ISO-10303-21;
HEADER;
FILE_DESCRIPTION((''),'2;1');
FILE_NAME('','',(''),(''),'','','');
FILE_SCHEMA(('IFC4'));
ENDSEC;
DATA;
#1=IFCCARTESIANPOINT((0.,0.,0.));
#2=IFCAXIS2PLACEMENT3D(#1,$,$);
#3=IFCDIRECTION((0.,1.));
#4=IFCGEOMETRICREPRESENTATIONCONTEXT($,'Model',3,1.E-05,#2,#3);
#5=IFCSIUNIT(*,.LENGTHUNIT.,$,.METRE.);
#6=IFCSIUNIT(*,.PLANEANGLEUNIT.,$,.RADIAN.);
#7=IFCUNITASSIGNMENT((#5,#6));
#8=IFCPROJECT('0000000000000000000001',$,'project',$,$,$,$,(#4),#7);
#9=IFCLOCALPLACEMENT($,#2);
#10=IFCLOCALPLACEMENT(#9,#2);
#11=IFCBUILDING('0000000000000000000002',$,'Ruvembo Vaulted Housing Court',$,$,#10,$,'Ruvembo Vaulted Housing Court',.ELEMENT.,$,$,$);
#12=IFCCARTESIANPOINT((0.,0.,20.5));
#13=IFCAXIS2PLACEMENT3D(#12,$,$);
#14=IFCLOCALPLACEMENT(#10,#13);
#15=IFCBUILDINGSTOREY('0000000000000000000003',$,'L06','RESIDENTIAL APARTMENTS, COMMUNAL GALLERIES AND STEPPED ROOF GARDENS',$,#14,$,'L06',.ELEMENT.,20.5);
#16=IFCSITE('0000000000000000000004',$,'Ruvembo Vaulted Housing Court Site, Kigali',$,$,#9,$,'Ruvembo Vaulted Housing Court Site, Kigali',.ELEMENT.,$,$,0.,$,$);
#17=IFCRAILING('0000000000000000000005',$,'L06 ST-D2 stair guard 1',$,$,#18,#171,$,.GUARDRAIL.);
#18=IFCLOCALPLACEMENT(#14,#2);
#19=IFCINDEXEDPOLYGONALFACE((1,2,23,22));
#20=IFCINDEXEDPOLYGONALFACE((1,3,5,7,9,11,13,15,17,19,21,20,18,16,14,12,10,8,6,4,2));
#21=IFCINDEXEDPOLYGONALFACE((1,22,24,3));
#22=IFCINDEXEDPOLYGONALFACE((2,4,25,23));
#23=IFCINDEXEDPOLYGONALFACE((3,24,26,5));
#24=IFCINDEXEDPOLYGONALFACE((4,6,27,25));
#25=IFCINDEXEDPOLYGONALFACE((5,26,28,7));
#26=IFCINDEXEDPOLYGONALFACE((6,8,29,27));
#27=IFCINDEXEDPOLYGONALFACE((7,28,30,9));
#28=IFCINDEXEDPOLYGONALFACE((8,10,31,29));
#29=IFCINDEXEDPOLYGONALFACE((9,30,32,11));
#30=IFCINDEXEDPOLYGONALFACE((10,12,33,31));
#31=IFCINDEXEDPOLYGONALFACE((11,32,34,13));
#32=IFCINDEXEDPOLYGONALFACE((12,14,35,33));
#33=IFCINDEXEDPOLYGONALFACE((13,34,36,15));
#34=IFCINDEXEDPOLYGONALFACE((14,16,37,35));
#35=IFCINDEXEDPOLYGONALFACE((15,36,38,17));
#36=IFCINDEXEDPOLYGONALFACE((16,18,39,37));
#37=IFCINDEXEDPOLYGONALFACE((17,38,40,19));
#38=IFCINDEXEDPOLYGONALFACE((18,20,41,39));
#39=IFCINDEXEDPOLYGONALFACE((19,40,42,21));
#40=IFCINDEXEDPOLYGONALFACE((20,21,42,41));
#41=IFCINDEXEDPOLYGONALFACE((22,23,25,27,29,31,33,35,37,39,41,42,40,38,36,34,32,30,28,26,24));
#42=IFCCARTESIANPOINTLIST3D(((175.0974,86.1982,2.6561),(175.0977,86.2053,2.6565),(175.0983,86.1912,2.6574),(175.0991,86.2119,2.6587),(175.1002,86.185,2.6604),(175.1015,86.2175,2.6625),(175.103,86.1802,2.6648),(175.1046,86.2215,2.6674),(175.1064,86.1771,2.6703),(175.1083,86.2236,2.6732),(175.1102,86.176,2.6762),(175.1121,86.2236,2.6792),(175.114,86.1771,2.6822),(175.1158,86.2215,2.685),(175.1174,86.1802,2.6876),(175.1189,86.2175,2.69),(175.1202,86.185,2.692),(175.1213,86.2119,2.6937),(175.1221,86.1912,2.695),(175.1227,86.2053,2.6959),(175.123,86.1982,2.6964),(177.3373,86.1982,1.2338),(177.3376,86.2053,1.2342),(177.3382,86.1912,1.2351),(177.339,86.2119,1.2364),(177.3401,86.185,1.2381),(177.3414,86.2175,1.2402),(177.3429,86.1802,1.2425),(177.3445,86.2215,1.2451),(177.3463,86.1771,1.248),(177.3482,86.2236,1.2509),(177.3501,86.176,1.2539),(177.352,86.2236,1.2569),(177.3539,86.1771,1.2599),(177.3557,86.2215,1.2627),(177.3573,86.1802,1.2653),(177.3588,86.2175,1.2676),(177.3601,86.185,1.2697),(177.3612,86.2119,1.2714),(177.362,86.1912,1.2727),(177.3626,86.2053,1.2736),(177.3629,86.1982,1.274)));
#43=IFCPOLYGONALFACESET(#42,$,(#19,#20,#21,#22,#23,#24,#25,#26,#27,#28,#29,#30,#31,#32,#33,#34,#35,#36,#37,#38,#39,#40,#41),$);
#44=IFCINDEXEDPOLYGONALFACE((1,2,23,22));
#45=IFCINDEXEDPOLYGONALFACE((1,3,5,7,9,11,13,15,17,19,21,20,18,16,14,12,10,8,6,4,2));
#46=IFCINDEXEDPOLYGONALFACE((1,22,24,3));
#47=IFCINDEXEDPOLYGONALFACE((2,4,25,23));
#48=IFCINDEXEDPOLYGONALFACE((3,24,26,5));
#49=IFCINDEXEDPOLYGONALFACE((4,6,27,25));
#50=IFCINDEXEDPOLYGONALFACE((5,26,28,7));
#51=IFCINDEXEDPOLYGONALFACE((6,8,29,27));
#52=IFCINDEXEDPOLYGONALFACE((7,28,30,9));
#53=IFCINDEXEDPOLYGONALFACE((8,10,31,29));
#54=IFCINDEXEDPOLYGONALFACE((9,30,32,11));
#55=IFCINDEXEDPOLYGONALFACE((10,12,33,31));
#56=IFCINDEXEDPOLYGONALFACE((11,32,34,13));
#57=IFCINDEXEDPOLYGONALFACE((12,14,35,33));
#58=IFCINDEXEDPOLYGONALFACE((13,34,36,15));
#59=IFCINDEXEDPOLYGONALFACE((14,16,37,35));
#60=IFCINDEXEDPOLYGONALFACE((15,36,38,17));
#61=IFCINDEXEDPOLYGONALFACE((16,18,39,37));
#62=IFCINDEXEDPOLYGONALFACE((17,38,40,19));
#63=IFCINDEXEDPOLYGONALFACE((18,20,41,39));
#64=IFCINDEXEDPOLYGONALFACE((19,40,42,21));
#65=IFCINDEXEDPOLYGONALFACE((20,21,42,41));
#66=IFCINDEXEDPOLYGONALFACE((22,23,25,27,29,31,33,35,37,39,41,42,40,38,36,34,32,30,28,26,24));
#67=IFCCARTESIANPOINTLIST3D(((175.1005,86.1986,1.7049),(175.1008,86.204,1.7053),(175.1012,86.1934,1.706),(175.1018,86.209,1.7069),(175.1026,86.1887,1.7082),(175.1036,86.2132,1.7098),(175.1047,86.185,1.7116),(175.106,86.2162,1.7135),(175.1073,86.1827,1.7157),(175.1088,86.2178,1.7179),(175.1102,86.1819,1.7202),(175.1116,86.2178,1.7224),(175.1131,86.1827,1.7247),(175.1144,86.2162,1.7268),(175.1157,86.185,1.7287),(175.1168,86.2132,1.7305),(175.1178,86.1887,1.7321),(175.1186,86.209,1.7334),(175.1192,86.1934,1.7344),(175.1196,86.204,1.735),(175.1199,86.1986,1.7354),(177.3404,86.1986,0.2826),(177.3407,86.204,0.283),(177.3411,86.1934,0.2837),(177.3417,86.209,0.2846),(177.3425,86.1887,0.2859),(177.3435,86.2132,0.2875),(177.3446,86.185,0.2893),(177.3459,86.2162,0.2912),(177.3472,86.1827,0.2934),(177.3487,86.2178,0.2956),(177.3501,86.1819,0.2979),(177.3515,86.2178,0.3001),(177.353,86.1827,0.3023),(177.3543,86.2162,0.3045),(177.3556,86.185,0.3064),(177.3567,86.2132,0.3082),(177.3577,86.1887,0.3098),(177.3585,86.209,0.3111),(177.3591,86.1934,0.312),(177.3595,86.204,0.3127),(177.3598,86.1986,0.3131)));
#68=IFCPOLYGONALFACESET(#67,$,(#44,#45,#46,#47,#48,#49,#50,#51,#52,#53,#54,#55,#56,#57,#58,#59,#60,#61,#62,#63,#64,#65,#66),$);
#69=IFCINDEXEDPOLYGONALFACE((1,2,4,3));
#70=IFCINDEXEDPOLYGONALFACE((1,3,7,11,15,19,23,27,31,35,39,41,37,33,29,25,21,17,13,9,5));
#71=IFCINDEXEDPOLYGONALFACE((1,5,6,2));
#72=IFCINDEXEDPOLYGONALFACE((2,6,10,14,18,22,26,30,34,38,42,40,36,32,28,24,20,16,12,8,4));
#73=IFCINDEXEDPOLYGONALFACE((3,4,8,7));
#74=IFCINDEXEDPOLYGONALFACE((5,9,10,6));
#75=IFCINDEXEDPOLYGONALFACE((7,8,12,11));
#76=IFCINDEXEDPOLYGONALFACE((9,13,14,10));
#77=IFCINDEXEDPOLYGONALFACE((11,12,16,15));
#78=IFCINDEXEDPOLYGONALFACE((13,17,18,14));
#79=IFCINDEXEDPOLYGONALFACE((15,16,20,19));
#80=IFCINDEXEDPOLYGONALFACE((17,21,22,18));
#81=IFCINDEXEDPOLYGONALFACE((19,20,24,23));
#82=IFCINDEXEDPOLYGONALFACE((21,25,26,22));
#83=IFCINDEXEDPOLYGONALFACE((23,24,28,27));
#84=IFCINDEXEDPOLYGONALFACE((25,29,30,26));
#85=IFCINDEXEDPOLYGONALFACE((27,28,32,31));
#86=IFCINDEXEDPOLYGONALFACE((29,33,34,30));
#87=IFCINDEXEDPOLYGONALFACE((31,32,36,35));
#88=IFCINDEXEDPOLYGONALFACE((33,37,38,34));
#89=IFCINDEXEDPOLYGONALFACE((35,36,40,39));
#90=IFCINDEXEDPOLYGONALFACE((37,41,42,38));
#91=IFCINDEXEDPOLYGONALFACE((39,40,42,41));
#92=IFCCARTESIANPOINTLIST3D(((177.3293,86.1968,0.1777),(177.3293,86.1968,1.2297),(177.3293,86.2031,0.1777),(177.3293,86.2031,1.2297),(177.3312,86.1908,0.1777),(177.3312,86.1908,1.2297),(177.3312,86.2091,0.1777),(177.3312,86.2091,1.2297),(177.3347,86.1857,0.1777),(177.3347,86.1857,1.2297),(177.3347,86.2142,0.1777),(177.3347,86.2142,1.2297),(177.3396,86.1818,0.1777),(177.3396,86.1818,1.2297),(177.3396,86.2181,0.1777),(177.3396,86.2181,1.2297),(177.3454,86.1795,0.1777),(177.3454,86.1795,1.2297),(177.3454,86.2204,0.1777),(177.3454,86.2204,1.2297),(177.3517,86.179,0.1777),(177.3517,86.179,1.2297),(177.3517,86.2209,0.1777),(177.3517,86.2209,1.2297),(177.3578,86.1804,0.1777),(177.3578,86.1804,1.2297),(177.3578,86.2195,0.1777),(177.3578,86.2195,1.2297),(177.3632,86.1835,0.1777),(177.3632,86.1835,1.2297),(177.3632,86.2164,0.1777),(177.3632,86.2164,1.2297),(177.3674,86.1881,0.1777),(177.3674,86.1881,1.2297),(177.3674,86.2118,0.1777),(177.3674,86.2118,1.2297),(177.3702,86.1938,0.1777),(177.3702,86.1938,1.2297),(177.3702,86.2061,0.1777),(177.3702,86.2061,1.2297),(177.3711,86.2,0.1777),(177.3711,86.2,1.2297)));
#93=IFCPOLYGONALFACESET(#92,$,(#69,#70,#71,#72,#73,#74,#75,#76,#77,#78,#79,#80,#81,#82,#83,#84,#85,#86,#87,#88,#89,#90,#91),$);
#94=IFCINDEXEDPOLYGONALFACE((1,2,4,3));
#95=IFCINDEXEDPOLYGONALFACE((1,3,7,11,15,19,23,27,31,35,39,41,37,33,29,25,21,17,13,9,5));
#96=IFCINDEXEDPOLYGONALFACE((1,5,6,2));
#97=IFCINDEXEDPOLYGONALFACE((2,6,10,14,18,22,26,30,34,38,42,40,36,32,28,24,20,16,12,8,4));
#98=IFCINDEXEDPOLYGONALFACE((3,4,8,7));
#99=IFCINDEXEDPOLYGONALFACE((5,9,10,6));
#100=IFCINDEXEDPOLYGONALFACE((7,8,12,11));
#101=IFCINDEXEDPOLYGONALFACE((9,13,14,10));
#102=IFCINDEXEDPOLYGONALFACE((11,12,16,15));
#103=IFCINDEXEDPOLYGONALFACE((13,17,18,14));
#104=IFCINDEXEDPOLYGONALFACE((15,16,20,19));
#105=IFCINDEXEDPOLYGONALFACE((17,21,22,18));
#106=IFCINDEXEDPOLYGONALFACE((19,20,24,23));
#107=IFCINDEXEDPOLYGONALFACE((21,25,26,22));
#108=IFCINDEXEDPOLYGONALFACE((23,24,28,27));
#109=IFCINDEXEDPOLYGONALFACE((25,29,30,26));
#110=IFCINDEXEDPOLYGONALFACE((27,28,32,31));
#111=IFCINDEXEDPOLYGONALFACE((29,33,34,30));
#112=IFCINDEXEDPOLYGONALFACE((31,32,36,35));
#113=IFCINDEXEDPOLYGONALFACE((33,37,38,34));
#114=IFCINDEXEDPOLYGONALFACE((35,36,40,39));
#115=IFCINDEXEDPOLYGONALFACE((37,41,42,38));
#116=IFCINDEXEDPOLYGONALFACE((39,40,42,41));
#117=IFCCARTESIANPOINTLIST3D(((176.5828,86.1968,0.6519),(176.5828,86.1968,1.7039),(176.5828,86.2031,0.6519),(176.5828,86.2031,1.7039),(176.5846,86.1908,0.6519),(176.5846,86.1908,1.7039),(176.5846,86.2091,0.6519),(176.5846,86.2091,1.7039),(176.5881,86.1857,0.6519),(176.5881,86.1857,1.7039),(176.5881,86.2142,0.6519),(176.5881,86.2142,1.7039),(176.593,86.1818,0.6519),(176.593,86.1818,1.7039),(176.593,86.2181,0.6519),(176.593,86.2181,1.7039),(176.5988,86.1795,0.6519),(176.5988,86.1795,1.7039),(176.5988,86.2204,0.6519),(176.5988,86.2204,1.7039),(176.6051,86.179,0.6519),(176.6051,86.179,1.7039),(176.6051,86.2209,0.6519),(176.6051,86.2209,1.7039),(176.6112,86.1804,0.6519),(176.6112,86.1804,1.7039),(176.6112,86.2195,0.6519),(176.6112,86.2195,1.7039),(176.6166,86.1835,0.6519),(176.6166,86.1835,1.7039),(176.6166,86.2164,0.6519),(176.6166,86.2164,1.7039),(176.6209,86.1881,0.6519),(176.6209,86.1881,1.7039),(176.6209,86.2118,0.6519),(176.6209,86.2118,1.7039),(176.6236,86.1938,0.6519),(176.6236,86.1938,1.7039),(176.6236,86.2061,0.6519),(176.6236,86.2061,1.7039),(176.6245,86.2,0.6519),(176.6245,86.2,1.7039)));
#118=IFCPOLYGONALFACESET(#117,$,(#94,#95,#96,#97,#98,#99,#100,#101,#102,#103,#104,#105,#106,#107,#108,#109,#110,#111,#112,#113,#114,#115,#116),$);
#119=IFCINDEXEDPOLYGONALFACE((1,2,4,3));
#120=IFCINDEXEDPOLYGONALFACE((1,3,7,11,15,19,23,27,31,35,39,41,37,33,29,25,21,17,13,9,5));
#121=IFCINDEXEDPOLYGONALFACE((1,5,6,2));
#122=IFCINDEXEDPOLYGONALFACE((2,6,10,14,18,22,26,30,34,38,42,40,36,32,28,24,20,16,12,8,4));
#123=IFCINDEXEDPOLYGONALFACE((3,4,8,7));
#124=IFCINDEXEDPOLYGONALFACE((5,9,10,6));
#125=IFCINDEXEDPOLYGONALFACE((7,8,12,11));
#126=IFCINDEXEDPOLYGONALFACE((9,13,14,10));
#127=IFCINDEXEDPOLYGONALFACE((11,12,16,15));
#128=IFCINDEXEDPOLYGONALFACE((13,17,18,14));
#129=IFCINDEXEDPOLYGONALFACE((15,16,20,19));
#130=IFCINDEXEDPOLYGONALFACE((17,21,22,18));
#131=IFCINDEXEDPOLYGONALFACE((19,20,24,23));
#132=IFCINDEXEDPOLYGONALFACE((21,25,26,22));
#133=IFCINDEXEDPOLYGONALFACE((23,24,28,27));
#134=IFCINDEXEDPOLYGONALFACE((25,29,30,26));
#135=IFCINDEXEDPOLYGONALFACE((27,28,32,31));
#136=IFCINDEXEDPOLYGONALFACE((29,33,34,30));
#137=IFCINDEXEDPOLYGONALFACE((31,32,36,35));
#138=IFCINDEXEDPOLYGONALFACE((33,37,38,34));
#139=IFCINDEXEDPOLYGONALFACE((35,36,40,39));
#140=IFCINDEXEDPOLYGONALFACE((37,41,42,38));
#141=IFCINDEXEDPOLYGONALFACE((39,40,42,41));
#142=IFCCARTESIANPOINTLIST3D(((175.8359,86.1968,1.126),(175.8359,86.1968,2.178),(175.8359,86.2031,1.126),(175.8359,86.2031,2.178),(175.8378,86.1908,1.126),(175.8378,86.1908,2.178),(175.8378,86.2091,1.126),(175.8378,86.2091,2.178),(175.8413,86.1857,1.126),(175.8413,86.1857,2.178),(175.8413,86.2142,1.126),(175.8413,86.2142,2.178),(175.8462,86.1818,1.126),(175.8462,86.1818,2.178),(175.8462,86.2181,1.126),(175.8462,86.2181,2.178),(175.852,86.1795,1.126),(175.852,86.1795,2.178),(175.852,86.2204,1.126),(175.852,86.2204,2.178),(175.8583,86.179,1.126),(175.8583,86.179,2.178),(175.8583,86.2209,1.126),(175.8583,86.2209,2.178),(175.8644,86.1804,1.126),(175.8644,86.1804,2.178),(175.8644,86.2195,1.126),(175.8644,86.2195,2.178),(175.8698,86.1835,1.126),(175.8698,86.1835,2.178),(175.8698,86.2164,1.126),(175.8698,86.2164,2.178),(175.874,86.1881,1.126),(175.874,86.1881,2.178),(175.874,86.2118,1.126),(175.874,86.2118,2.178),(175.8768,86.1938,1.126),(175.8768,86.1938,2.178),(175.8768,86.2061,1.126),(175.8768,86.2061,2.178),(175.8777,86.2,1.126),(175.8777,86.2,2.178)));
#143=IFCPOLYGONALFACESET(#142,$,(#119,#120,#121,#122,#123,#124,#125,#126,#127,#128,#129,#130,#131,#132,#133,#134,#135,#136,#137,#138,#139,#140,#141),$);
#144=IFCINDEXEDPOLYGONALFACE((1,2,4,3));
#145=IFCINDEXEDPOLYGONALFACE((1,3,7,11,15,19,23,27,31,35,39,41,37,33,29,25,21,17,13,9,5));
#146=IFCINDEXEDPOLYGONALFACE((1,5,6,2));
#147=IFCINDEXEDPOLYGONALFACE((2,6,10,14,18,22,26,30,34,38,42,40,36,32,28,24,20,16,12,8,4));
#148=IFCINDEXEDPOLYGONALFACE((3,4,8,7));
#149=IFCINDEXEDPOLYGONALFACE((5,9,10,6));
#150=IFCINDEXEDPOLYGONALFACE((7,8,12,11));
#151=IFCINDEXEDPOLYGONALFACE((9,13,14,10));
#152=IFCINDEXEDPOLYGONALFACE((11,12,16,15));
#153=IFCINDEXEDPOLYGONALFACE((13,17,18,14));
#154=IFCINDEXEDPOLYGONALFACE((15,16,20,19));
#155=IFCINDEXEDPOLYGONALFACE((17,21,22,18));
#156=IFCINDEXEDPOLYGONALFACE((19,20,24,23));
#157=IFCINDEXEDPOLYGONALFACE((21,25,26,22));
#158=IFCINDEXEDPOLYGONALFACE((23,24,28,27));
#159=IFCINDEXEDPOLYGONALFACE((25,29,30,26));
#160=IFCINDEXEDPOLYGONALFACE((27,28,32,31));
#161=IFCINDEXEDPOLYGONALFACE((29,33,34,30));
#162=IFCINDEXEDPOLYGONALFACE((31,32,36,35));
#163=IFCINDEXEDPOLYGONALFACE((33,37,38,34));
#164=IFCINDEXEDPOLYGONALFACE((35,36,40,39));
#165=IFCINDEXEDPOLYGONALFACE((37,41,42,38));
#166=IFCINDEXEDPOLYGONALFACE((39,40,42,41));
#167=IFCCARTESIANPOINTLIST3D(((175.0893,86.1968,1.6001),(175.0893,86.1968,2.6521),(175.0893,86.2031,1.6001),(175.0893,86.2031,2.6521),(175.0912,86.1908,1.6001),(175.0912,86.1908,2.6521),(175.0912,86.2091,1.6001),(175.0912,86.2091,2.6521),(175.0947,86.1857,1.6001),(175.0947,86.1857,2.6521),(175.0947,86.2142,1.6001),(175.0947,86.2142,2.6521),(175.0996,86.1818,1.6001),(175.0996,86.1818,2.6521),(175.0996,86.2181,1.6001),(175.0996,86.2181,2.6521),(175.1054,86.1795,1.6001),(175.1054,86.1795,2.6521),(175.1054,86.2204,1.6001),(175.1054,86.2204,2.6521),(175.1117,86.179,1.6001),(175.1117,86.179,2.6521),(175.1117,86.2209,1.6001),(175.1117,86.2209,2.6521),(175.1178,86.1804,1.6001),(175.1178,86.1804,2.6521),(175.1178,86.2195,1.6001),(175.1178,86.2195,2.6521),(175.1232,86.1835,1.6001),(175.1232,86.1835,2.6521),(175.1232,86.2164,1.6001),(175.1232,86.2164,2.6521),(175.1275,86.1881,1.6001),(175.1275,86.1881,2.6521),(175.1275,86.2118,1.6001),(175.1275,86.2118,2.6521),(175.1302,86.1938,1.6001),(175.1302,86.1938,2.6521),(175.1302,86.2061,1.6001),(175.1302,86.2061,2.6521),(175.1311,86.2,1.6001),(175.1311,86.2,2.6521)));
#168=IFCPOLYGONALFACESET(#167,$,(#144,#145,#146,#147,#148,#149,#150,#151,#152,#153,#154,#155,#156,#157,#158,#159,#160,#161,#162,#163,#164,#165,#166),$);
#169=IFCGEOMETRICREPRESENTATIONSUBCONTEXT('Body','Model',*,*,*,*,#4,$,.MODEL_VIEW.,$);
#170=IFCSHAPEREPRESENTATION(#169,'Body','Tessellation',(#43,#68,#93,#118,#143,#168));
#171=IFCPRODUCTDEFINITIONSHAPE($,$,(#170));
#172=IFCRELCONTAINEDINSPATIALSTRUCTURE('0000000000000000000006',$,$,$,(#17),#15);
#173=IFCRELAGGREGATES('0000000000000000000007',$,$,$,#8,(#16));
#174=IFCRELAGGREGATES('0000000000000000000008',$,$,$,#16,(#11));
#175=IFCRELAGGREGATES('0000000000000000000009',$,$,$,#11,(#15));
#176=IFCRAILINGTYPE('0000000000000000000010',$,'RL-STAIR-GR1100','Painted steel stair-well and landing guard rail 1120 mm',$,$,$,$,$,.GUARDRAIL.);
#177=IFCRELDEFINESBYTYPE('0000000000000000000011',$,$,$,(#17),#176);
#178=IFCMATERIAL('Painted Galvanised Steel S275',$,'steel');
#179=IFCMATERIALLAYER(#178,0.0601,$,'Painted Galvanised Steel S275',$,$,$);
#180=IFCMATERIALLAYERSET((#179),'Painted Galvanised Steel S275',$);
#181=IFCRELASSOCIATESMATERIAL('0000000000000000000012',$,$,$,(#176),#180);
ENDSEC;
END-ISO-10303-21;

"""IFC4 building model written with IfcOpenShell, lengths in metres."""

from ifc_helpers import new_model, si_unit, direction, frame, origin, origin_2d, place, context, subcontext, project, spatial, circle, extrude, material, layer, layer_set, type_object, element, save


model = new_model("IFC4")

# Units and contexts
model_context = context("Model", 3, precision=1e-05, world=origin(), true_north=direction((0.0, 1.0)))
body_context = subcontext(model_context, "Body", "Model", "MODEL_VIEW")
ifc_project = project(units=[si_unit("LENGTHUNIT", "METRE"), si_unit("PLANEANGLEUNIT", "RADIAN")], contexts=[model_context])

# Site, building, storey
site_placement = place(None, origin())
site = spatial("IfcSite", under=ifc_project, at=site_placement, Name="Ruvembo Vaulted Housing Court Site, Kigali", LongName="Ruvembo Vaulted Housing Court Site, Kigali", CompositionType="ELEMENT", RefElevation=0.0)
building_placement = place(site_placement, origin())
building = spatial("IfcBuilding", under=site, at=building_placement, Name="Ruvembo Vaulted Housing Court", LongName="Ruvembo Vaulted Housing Court", CompositionType="ELEMENT")
storey_placement = place(building_placement, frame((0.0, 0.0, 20.5)))
storey = spatial("IfcBuildingStorey", under=building, at=storey_placement, Name="L06", Description="RESIDENTIAL APARTMENTS, COMMUNAL GALLERIES AND STEPPED ROOF GARDENS", LongName="L06", CompositionType="ELEMENT", Elevation=20.5)

# Railing
ifc_material_1 = material(Name="Painted Galvanised Steel S275", Category="steel")
ifc_layer_1 = layer(ifc_material_1, 0.0601, Name="Painted Galvanised Steel S275")
ifc_layer_set_1 = layer_set([ifc_layer_1], Name="Painted Galvanised Steel S275")
railing_type_1 = type_object("IfcRailingType", Name="RL-STAIR-GR1100", Description="Painted steel stair-well and landing guard rail 1120 mm", PredefinedType="GUARDRAIL", material=ifc_layer_set_1)
railing_1_placement = place(storey_placement, frame((177.3501, 86.2, 0.1777)))
element("IfcRailing", 1, at=railing_1_placement, inside=storey, type_object=railing_type_1, Name="L06 ST-D2 stair guard 1", PredefinedType="GUARDRAIL", context=body_context, shape_type="SweptSolid", body=[
    extrude(circle(Radius=0.0239, at=origin_2d()), frame((0.0, 0.0, 1.0762), z_axis=(-0.844188, 0.0, 0.536048), x_axis=(0.0, -1.0, 0.0)), (0.0, 0.0, 1.0), 2.6533),
    extrude(circle(Radius=0.0181, at=origin_2d()), frame((0.0, 0.0, 0.1201), z_axis=(-0.844188, 0.0, 0.536048), x_axis=(0.0, -1.0, 0.0)), (0.0, 0.0, 1.0), 2.6533),
    extrude(circle(Radius=0.021, at=origin_2d()), origin(), (0.0, 0.0, 1.0), 1.052),
    extrude(circle(Radius=0.021, at=origin_2d()), frame((-0.7466, 0.0, 0.4741)), (0.0, 0.0, 1.0), 1.052),
    extrude(circle(Radius=0.021, at=origin_2d()), frame((-1.4934, 0.0, 0.9482)), (0.0, 0.0, 1.0), 1.052),
    extrude(circle(Radius=0.021, at=origin_2d()), frame((-2.24, 0.0, 1.4224)), (0.0, 0.0, 1.0), 1.052),
])

save(model, "model.ifc")
